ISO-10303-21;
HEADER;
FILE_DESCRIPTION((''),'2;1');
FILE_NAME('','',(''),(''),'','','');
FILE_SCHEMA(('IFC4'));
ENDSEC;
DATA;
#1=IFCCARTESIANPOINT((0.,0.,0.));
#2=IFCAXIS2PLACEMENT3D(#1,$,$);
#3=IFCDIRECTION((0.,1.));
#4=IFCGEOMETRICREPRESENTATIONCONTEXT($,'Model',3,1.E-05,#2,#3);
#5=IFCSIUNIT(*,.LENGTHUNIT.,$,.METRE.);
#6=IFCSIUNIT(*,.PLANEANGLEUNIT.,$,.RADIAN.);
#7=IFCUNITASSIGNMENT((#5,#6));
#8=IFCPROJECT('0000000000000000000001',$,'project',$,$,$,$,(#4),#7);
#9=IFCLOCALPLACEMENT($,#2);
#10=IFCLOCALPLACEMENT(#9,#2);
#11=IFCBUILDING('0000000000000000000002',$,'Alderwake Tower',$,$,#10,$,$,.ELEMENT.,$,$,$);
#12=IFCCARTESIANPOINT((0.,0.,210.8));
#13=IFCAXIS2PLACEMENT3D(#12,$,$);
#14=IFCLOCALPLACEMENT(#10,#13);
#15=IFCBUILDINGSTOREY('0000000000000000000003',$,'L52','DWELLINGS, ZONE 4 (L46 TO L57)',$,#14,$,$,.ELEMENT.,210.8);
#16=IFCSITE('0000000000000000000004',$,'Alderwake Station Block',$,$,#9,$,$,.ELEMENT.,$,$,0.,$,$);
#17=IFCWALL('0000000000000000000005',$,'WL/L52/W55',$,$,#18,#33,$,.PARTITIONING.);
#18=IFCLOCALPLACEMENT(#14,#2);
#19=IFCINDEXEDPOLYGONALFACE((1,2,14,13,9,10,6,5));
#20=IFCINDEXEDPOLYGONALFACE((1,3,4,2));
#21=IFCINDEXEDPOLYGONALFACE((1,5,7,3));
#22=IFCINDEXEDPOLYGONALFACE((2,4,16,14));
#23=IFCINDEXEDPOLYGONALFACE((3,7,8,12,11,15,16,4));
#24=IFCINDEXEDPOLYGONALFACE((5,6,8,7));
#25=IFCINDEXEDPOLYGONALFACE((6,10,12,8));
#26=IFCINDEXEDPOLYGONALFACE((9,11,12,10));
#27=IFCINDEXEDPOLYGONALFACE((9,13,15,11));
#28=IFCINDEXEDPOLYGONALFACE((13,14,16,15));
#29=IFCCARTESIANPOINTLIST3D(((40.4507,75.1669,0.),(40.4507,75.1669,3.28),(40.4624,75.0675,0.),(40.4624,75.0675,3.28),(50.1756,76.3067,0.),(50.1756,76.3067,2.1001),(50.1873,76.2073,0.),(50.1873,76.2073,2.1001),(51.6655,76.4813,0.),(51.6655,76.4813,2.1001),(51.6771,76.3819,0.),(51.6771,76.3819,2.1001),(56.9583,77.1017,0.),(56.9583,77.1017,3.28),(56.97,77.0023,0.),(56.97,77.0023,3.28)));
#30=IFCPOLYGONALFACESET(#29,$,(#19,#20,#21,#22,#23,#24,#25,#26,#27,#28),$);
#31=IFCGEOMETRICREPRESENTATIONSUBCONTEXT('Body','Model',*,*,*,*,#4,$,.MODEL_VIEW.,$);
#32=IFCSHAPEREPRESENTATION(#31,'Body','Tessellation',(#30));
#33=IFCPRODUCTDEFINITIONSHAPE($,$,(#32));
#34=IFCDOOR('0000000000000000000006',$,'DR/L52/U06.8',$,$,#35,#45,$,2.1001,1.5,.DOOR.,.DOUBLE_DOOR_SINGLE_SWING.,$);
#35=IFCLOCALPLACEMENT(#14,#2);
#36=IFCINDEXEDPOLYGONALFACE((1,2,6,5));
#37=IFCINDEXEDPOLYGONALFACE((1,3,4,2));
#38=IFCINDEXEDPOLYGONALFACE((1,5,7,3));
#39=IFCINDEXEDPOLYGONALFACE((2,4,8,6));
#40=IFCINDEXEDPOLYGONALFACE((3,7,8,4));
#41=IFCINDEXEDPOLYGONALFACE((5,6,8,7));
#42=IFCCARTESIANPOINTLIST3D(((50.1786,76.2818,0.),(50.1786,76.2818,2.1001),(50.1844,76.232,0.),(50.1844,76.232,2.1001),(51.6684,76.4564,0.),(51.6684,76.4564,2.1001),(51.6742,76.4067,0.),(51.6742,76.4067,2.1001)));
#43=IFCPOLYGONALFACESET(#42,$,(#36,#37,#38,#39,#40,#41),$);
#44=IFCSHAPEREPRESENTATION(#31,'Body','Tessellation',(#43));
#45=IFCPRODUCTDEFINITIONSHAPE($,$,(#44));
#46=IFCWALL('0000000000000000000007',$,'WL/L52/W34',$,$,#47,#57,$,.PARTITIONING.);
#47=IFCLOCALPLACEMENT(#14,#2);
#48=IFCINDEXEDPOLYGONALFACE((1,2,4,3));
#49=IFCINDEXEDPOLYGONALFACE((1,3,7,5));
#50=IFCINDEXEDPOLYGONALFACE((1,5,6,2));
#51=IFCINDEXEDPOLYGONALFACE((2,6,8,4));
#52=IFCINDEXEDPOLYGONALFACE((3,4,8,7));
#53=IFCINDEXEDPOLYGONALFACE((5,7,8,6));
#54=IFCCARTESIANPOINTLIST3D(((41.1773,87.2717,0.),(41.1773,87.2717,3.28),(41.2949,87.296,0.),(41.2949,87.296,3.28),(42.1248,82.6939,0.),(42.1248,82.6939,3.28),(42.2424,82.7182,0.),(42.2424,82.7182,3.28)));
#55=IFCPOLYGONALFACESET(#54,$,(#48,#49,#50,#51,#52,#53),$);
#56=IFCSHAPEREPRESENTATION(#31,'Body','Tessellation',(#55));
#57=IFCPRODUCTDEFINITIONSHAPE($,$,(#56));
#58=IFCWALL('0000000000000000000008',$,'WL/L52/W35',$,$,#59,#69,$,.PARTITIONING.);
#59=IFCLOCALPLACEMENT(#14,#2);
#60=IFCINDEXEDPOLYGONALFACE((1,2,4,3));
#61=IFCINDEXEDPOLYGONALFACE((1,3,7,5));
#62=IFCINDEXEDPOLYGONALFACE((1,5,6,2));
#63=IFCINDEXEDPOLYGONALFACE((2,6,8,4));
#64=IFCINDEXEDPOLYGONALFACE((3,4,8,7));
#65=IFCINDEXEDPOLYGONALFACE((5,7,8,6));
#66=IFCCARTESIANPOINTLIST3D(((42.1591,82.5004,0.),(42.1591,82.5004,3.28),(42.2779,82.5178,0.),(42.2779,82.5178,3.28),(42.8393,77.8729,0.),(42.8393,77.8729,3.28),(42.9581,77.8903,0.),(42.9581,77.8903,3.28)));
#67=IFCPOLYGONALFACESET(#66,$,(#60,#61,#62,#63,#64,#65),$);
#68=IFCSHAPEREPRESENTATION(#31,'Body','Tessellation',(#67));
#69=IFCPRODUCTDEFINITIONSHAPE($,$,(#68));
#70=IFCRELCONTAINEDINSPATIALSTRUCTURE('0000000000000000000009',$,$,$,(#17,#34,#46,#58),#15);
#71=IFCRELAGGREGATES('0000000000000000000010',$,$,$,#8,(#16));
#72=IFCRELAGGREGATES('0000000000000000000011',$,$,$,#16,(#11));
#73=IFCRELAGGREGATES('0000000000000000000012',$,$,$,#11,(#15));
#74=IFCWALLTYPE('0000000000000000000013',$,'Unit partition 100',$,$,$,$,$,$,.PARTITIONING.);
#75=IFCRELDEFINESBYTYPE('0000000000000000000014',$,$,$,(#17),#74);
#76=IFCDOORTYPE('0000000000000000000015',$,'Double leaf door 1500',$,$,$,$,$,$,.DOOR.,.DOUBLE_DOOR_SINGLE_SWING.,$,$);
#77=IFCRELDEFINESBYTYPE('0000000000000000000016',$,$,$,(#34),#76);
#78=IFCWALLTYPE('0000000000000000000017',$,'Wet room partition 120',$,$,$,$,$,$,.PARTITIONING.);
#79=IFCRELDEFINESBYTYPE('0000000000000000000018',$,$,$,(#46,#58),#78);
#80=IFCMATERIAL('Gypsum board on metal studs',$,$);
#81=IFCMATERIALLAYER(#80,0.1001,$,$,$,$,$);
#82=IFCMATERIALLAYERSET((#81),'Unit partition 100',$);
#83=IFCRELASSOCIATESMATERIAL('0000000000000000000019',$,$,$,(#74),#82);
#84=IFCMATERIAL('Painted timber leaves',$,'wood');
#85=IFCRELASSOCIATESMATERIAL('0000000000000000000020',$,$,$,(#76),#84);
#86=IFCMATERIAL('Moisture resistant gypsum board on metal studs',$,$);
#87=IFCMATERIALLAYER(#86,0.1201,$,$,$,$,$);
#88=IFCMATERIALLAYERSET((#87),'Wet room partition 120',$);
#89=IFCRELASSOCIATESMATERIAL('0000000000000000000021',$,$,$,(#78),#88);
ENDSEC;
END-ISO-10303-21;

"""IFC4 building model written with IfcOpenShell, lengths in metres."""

from ifc_helpers import new_model, si_unit, direction, frame, frame_2d, origin, place, context, subcontext, project, spatial, rectangle, extrude, material, layer, layer_set, type_object, element, fill, save


model = new_model("IFC4")

# Units and contexts
model_context = context("Model", 3, precision=1e-05, world=origin(), true_north=direction((0.0, 1.0)))
body_context = subcontext(model_context, "Body", "Model", "MODEL_VIEW")
ifc_project = project(units=[si_unit("LENGTHUNIT", "METRE"), si_unit("PLANEANGLEUNIT", "RADIAN")], contexts=[model_context])

# Site, building, storey
site_placement = place(None, origin())
site = spatial("IfcSite", under=ifc_project, at=site_placement, Name="Alderwake Station Block", CompositionType="ELEMENT", RefElevation=0.0)
building_placement = place(site_placement, origin())
building = spatial("IfcBuilding", under=site, at=building_placement, Name="Alderwake Tower", CompositionType="ELEMENT")
storey_placement = place(building_placement, frame((0.0, 0.0, 210.8)))
storey = spatial("IfcBuildingStorey", under=building, at=storey_placement, Name="L52", Description="DWELLINGS, ZONE 4 (L46 TO L57)", CompositionType="ELEMENT", Elevation=210.8)

# Shared definitions
ifc_material_1 = material(Name="Gypsum board on metal studs")
ifc_layer_1 = layer(ifc_material_1, 0.1001)
ifc_layer_set_1 = layer_set([ifc_layer_1], Name="Unit partition 100")
wall_type_1 = type_object("IfcWallType", Name="Unit partition 100", PredefinedType="PARTITIONING", material=ifc_layer_set_1)

# Wall, opening, door
wall_1_placement = place(storey_placement, frame((40.4565, 75.1172, 0.0), z_axis=(0.0, 0.0, 1.0), x_axis=(0.993201, 0.116411, 0.0)))
wall_1 = element("IfcWall", 1, at=wall_1_placement, inside=storey, type_object=wall_type_1, Name="WL/L52/W55", PredefinedType="PARTITIONING", context=body_context, shape_type="SweptSolid", body=[
    extrude(rectangle(XDim=16.6206, YDim=0.1001, at=frame_2d((8.3103, 0.0))), origin(), (0.0, 0.0, 1.0), 3.28),
])
opening_1_placement = place(wall_1_placement, frame((9.7915, 0.0, 0.0)))
opening_1 = element("IfcOpeningElement", 2, at=opening_1_placement, cuts=wall_1, PredefinedType="OPENING", context=body_context, shape_type="SweptSolid", body=[
    extrude(rectangle(XDim=1.5, YDim=2.1001, at=frame_2d((0.75, 1.05))), frame((0.0, 0.0601, 0.0), z_axis=(0.0, -1.0, 0.0), x_axis=(1.0, 0.0, 0.0)), (0.0, 0.0, 1.0), 0.1201),
])
ifc_material_2 = material(Name="Painted timber leaves", Category="wood")
door_type_1 = type_object("IfcDoorType", Name="Double leaf door 1500", OperationType="DOUBLE_DOOR_SINGLE_SWING", PredefinedType="DOOR", material=ifc_material_2)
door_1_placement = place(opening_1_placement, origin())
door_1 = element("IfcDoor", 3, at=door_1_placement, inside=storey, type_object=door_type_1, Name="DR/L52/U06.8", OperationType="DOUBLE_DOOR_SINGLE_SWING", OverallHeight=2.1001, OverallWidth=1.5, PredefinedType="DOOR", context=body_context, shape_type="SweptSolid", body=[
    extrude(rectangle(XDim=1.5, YDim=2.1001, at=frame_2d((0.75, 1.05))), frame((0.0, 0.0249, 0.0), z_axis=(0.0, -1.0, 0.0), x_axis=(1.0, 0.0, 0.0)), (0.0, 0.0, 1.0), 0.05),
])
fill(opening_1, door_1)

# Walls
ifc_material_3 = material(Name="Moisture resistant gypsum board on metal studs")
ifc_layer_2 = layer(ifc_material_3, 0.1201)
ifc_layer_set_2 = layer_set([ifc_layer_2], Name="Wet room partition 120")
wall_type_2 = type_object("IfcWallType", Name="Wet room partition 120", PredefinedType="PARTITIONING", material=ifc_layer_set_2)
wall_2_placement = place(storey_placement, frame((42.1836, 82.7061, 0.0), z_axis=(0.0, 0.0, 1.0), x_axis=(-0.20268, 0.979245, 0.0)))
element("IfcWall", 4, at=wall_2_placement, inside=storey, type_object=wall_type_2, Name="WL/L52/W34", PredefinedType="PARTITIONING", context=body_context, shape_type="SweptSolid", body=[
    extrude(rectangle(XDim=4.6748, YDim=0.1201, at=frame_2d((2.3374, 0.0))), origin(), (0.0, 0.0, 1.0), 3.28),
])
wall_3_placement = place(storey_placement, frame((42.8987, 77.8816, 0.0), z_axis=(0.0, 0.0, 1.0), x_axis=(-0.145425, 0.989369, 0.0)))
element("IfcWall", 5, at=wall_3_placement, inside=storey, type_object=wall_type_2, Name="WL/L52/W35", PredefinedType="PARTITIONING", context=body_context, shape_type="SweptSolid", body=[
    extrude(rectangle(XDim=4.6772, YDim=0.1201, at=frame_2d((2.3386, 0.0))), origin(), (0.0, 0.0, 1.0), 3.28),
])

save(model, "model.ifc")
